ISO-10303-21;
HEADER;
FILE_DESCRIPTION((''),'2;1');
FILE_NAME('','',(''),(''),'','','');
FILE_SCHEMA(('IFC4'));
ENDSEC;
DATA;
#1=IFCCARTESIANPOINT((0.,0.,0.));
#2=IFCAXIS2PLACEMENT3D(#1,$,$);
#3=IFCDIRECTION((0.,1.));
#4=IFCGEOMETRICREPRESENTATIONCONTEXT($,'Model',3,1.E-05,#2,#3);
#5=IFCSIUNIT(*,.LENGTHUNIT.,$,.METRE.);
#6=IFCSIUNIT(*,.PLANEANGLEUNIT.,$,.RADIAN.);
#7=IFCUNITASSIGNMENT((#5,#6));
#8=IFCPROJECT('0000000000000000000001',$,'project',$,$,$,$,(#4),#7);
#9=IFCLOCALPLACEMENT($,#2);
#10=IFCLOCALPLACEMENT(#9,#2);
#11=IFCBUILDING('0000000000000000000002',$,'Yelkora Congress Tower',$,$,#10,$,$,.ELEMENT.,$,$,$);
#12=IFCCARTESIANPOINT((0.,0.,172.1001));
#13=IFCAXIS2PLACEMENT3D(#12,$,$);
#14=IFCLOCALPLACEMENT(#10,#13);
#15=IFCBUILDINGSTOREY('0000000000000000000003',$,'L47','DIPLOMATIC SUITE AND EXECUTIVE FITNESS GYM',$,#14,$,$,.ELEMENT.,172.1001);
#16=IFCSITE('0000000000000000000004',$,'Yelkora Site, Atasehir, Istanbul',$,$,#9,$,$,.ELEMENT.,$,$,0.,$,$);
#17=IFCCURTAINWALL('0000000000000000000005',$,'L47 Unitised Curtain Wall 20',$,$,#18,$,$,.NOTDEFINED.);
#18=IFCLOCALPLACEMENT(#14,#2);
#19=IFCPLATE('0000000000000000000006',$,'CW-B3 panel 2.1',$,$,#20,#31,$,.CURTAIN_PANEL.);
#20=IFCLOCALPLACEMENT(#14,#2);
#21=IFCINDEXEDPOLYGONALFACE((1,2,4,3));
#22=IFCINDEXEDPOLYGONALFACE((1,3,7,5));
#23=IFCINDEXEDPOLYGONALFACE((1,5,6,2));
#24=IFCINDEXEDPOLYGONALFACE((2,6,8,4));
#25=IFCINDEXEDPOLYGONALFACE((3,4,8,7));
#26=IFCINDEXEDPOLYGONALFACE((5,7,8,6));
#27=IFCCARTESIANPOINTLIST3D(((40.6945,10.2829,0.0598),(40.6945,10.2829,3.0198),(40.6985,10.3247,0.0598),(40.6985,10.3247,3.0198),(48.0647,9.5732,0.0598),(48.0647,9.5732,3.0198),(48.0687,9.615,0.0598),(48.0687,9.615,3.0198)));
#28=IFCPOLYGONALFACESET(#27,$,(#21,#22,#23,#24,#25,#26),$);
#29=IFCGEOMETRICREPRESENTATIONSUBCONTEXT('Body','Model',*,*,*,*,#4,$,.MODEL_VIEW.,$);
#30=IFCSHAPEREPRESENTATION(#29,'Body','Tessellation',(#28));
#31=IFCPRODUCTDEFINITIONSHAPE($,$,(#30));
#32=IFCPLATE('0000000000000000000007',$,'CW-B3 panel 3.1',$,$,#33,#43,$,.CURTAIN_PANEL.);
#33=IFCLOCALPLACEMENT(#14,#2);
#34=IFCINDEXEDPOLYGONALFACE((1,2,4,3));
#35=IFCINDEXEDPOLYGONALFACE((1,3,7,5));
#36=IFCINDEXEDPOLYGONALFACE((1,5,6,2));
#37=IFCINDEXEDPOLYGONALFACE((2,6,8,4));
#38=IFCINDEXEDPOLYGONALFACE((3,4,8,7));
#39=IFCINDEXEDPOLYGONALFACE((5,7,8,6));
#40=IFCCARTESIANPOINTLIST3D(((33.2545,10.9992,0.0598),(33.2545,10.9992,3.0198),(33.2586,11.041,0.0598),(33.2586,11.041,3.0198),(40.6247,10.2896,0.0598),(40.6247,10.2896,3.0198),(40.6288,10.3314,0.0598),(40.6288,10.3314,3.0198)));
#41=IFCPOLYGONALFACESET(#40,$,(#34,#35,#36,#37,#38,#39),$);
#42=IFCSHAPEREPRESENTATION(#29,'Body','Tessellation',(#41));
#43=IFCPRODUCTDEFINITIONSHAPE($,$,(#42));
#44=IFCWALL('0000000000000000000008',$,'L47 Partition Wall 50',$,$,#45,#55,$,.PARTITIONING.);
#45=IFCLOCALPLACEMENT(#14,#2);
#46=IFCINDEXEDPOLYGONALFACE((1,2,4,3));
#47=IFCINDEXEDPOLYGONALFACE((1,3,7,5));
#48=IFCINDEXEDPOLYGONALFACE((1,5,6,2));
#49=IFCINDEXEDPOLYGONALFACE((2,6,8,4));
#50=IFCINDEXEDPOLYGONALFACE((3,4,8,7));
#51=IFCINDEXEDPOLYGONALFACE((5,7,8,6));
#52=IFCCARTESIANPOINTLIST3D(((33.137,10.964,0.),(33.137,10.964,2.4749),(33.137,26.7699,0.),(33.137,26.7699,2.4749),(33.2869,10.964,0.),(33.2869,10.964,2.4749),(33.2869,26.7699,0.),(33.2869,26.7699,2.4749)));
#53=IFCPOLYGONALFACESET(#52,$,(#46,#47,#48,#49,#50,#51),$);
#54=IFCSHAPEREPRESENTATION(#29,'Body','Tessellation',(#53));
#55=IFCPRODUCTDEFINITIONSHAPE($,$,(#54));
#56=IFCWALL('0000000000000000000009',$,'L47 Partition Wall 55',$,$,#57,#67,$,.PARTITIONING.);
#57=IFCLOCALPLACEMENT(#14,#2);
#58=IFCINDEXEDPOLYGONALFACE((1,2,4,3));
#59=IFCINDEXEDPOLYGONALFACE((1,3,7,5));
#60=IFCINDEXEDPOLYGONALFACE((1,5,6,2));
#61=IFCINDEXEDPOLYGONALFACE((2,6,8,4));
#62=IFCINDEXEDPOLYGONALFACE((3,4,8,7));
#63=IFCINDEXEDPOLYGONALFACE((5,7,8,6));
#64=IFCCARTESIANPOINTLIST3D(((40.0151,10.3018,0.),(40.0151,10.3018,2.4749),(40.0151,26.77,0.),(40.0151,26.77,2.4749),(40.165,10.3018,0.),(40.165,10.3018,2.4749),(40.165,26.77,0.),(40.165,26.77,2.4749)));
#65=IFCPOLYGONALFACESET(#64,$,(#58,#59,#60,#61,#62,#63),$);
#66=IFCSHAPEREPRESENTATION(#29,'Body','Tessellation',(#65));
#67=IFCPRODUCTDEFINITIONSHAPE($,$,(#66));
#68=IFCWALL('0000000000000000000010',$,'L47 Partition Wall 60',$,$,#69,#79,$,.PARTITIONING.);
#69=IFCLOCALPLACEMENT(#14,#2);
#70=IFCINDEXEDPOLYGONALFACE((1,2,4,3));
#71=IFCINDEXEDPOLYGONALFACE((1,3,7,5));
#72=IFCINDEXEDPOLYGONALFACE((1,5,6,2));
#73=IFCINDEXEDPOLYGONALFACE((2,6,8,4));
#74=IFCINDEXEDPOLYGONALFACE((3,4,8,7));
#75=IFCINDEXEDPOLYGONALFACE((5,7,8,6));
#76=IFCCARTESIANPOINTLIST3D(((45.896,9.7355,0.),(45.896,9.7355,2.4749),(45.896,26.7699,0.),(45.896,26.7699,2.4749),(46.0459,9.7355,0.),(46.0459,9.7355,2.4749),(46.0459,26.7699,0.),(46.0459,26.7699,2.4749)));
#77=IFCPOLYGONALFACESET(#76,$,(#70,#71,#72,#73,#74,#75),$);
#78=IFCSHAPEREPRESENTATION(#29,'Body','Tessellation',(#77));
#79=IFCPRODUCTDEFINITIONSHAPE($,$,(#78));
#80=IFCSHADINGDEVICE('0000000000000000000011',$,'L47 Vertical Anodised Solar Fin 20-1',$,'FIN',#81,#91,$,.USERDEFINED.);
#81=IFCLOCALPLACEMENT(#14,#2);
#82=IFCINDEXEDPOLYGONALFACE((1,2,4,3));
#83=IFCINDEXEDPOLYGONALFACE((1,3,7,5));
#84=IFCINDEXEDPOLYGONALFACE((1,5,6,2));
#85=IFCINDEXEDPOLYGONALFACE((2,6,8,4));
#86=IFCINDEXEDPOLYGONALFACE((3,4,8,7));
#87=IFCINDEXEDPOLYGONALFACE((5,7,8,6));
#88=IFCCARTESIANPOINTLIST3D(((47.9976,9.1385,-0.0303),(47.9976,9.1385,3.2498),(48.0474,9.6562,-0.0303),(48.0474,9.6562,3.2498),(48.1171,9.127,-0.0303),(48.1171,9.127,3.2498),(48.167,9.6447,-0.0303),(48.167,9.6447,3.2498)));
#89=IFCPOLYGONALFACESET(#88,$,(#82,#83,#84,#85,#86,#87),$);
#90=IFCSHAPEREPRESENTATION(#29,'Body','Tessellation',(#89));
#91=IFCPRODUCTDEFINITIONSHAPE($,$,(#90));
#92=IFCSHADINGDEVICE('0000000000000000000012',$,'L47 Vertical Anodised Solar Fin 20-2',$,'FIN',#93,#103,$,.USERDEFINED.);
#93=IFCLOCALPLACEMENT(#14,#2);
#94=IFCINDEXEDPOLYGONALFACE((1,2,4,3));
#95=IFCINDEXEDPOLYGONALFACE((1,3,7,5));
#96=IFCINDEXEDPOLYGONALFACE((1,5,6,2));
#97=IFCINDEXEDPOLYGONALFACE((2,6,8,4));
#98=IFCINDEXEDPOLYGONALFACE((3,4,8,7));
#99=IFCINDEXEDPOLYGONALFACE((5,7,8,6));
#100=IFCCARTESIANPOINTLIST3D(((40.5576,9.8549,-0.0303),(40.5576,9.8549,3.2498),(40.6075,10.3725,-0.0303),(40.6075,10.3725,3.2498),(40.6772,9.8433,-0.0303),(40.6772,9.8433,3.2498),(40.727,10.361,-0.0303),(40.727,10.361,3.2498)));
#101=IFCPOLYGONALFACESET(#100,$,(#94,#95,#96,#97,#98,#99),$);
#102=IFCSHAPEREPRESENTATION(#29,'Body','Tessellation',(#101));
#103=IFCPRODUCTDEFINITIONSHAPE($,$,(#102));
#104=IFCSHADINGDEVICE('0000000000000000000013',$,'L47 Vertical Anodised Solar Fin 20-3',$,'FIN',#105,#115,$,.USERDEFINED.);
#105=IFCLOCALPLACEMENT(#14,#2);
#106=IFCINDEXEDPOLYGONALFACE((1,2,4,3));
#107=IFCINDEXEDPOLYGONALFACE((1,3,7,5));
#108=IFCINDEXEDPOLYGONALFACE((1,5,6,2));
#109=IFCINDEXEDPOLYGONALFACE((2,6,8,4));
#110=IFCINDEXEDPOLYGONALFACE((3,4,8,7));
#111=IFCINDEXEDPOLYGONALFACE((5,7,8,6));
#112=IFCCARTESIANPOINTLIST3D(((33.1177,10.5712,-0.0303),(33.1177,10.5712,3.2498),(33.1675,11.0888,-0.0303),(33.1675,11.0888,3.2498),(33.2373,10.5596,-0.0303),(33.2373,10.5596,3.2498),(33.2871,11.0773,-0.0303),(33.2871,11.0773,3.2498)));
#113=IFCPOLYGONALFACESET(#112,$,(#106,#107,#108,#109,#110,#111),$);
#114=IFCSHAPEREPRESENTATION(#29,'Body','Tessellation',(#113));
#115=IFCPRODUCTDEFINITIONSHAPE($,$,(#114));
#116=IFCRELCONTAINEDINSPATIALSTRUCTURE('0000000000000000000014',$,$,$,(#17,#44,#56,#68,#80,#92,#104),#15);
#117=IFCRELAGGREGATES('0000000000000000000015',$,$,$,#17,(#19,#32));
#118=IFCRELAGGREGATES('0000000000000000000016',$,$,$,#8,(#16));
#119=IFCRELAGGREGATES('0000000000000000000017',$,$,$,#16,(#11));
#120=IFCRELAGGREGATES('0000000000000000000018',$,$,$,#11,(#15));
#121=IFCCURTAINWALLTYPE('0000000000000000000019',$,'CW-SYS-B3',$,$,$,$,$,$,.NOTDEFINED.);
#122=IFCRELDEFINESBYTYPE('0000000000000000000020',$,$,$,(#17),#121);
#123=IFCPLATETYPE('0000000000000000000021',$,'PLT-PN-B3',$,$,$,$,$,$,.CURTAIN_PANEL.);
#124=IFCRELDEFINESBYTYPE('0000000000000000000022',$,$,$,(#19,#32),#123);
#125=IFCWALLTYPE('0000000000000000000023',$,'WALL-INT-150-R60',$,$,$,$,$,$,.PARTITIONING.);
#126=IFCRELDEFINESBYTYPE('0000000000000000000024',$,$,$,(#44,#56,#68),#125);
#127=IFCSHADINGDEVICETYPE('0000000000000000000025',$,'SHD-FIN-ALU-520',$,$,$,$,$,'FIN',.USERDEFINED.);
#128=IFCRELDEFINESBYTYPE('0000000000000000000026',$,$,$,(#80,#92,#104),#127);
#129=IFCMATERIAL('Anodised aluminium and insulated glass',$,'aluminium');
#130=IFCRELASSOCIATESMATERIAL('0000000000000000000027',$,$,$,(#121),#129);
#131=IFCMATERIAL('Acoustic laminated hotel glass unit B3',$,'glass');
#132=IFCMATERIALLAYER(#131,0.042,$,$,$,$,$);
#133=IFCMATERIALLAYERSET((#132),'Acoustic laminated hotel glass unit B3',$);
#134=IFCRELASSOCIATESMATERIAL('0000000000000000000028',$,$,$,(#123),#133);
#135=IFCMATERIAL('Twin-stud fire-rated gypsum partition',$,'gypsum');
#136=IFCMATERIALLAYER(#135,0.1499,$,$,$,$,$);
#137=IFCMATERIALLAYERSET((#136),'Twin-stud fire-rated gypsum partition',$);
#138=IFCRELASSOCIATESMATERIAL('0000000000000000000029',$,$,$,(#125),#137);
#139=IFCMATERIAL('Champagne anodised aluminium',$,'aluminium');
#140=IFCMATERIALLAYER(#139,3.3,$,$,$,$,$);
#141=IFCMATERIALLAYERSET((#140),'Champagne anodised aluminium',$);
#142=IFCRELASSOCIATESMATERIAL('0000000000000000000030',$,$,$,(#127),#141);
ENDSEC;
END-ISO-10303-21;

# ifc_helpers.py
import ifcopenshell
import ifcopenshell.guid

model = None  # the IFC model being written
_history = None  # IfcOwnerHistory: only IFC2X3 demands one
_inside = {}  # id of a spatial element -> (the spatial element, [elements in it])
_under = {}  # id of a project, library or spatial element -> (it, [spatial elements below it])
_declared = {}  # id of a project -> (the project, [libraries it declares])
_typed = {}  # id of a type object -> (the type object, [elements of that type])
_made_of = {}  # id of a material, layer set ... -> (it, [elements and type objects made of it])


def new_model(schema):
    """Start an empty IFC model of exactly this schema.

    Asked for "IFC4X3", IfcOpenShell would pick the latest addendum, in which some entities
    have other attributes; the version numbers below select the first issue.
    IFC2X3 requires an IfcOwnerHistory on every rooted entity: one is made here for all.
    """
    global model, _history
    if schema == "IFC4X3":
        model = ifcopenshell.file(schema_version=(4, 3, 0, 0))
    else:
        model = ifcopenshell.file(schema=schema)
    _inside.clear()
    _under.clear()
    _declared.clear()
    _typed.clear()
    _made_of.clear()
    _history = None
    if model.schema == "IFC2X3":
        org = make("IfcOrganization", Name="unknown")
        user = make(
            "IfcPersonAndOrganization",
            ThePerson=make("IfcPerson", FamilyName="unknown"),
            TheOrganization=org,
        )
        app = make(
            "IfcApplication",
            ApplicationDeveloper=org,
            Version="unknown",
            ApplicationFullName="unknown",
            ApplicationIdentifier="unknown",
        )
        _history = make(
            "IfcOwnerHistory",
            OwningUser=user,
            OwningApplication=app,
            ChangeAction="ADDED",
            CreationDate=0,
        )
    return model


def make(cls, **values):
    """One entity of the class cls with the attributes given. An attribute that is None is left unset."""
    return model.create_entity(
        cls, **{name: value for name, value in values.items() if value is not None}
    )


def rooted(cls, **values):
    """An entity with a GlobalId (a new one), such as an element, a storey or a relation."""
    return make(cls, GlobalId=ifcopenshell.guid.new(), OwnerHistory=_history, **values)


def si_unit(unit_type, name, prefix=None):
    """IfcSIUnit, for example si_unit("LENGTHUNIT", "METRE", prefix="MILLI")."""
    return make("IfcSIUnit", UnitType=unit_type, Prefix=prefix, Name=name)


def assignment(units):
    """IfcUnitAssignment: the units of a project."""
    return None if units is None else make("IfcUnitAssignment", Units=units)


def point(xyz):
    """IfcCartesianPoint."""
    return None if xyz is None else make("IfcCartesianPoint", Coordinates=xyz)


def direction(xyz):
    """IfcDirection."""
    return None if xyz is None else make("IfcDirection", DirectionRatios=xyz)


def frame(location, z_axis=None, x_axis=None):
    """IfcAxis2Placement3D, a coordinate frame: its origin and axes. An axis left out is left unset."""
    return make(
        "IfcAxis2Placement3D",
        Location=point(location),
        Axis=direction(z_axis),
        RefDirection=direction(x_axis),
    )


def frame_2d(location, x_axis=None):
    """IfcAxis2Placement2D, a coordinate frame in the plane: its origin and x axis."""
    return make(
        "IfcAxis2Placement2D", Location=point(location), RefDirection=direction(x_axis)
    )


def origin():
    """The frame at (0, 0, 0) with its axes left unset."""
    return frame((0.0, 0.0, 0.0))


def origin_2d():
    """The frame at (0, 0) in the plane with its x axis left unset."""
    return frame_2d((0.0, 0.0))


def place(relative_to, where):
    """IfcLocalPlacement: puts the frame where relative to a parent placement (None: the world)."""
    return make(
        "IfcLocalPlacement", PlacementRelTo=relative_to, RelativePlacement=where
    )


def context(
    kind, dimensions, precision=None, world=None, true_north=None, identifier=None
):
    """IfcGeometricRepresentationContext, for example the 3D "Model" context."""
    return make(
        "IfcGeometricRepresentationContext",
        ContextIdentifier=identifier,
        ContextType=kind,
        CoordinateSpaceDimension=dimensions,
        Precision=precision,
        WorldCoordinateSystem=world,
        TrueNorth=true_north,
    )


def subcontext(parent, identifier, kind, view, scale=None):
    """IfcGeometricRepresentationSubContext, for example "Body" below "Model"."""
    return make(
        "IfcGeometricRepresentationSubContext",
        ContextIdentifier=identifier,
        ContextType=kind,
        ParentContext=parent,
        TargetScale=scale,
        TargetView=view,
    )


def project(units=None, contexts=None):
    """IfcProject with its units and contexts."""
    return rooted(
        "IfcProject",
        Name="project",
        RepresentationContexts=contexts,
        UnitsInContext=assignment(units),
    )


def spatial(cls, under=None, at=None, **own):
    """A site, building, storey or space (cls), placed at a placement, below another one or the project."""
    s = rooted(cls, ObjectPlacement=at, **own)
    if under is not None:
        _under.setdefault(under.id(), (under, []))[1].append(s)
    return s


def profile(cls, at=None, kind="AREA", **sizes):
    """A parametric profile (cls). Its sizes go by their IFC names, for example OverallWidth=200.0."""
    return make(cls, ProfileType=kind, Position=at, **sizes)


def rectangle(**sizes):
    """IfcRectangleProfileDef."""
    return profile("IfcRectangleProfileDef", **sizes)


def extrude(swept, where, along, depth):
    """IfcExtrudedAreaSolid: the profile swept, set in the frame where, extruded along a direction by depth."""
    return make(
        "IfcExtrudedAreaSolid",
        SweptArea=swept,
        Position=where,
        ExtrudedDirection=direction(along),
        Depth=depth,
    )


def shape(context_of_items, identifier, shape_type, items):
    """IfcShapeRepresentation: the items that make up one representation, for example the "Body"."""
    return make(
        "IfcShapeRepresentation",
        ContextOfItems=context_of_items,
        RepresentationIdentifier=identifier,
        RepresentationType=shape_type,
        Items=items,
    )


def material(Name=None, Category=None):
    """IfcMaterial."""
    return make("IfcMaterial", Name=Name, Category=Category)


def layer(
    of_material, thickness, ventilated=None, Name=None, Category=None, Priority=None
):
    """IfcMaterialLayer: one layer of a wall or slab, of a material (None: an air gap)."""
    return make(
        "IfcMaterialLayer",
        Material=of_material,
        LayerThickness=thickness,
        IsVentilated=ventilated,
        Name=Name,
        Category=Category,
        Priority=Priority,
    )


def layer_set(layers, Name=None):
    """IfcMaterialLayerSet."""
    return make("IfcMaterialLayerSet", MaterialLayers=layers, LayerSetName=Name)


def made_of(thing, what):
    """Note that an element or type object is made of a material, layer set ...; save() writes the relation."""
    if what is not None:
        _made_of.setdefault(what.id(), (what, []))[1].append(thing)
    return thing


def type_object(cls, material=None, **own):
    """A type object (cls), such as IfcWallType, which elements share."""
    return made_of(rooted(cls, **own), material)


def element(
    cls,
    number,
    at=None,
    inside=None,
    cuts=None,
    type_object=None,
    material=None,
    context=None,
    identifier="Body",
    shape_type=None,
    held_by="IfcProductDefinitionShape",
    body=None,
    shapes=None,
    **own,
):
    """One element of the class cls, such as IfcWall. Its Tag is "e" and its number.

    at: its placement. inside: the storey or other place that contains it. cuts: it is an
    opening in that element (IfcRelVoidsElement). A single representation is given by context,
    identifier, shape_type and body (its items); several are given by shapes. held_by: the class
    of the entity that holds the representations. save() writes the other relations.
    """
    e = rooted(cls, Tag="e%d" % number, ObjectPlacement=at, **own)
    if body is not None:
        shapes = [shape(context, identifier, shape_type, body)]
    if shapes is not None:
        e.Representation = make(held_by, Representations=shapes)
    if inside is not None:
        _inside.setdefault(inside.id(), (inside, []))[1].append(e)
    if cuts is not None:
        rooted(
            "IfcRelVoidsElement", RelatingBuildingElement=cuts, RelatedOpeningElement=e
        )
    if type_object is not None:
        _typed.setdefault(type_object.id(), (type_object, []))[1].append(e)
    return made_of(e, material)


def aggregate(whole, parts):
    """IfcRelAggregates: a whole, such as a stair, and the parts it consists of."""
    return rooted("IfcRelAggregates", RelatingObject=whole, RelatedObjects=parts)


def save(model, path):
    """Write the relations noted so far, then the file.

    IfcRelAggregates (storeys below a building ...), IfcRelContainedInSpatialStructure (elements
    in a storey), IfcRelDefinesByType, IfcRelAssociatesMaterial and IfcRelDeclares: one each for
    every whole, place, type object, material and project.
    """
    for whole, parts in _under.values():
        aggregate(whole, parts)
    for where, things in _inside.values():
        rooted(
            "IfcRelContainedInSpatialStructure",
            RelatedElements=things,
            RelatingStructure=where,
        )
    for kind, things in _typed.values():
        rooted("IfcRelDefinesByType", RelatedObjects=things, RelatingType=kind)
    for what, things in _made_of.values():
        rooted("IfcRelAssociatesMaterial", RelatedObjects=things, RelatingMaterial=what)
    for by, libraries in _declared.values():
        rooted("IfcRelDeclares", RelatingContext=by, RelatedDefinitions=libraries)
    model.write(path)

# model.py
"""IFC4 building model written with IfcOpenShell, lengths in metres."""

from ifc_helpers import new_model, si_unit, direction, frame, frame_2d, origin, origin_2d, place, context, subcontext, project, spatial, rectangle, extrude, material, layer, layer_set, type_object, element, aggregate, save


model = new_model("IFC4")

# Units and contexts
model_context = context("Model", 3, precision=1e-05, world=origin(), true_north=direction((0.0, 1.0)))
body_context = subcontext(model_context, "Body", "Model", "MODEL_VIEW")
ifc_project = project(units=[si_unit("LENGTHUNIT", "METRE"), si_unit("PLANEANGLEUNIT", "RADIAN")], contexts=[model_context])

# Site, building, storey
site_placement = place(None, origin())
site = spatial("IfcSite", under=ifc_project, at=site_placement, Name="Yelkora Site, Atasehir, Istanbul", CompositionType="ELEMENT", RefElevation=0.0)
building_placement = place(site_placement, origin())
building = spatial("IfcBuilding", under=site, at=building_placement, Name="Yelkora Congress Tower", CompositionType="ELEMENT")
storey_placement = place(building_placement, frame((0.0, 0.0, 172.1001)))
storey = spatial("IfcBuildingStorey", under=building, at=storey_placement, Name="L47", Description="DIPLOMATIC SUITE AND EXECUTIVE FITNESS GYM", CompositionType="ELEMENT", Elevation=172.1001)

# Curtain wall, plates
ifc_material_1 = material(Name="Anodised aluminium and insulated glass", Category="aluminium")
curtain_wall_type = type_object("IfcCurtainWallType", Name="CW-SYS-B3", PredefinedType="NOTDEFINED", material=ifc_material_1)
curtain_wall_placement = place(storey_placement, origin())
curtain_wall = element("IfcCurtainWall", 1, at=curtain_wall_placement, inside=storey, type_object=curtain_wall_type, Name="L47 Unitised Curtain Wall 20", PredefinedType="NOTDEFINED")
ifc_material_2 = material(Name="Acoustic laminated hotel glass unit B3", Category="glass")
ifc_layer_1 = layer(ifc_material_2, 0.042)
ifc_layer_set_1 = layer_set([ifc_layer_1], Name="Acoustic laminated hotel glass unit B3")
plate_type = type_object("IfcPlateType", Name="PLT-PN-B3", PredefinedType="CURTAIN_PANEL", material=ifc_layer_set_1)
plate_1_placement = place(storey_placement, frame((44.3816, 9.949, 0.0598), z_axis=(0.0, 0.0, 1.0), x_axis=(-0.995396, 0.095845, 0.0)))
plate_1 = element("IfcPlate", 2, at=plate_1_placement, type_object=plate_type, Name="CW-B3 panel 2.1", PredefinedType="CURTAIN_PANEL", context=body_context, shape_type="SweptSolid", body=[
    extrude(rectangle(XDim=7.4043, YDim=0.042, at=origin_2d()), origin(), (0.0, 0.0, 1.0), 2.96),
])
plate_2_placement = place(storey_placement, frame((36.9417, 10.6653, 0.0598), z_axis=(0.0, 0.0, 1.0), x_axis=(-0.995396, 0.095845, 0.0)))
plate_2 = element("IfcPlate", 3, at=plate_2_placement, type_object=plate_type, Name="CW-B3 panel 3.1", PredefinedType="CURTAIN_PANEL", context=body_context, shape_type="SweptSolid", body=[
    extrude(rectangle(XDim=7.4043, YDim=0.042, at=origin_2d()), origin(), (0.0, 0.0, 1.0), 2.96),
])
aggregate(curtain_wall, [plate_1, plate_2])

# Walls
ifc_material_3 = material(Name="Twin-stud fire-rated gypsum partition", Category="gypsum")
ifc_layer_2 = layer(ifc_material_3, 0.1499)
ifc_layer_set_2 = layer_set([ifc_layer_2], Name="Twin-stud fire-rated gypsum partition")
wall_type = type_object("IfcWallType", Name="WALL-INT-150-R60", PredefinedType="PARTITIONING", material=ifc_layer_set_2)
wall_1_placement = place(storey_placement, frame((33.2119, 10.9641, 0.0), z_axis=(0.0, 0.0, 1.0), x_axis=(0.0, 1.0, 0.0)))
element("IfcWall", 4, at=wall_1_placement, inside=storey, type_object=wall_type, Name="L47 Partition Wall 50", PredefinedType="PARTITIONING", context=body_context, shape_type="SweptSolid", body=[
    extrude(rectangle(XDim=15.8059, YDim=0.1499, at=frame_2d((7.9028, 0.0))), origin(), (0.0, 0.0, 1.0), 2.4749),
])
wall_2_placement = place(storey_placement, frame((40.0901, 10.3018, 0.0), z_axis=(0.0, 0.0, 1.0), x_axis=(0.0, 1.0, 0.0)))
element("IfcWall", 5, at=wall_2_placement, inside=storey, type_object=wall_type, Name="L47 Partition Wall 55", PredefinedType="PARTITIONING", context=body_context, shape_type="SweptSolid", body=[
    extrude(rectangle(XDim=16.4683, YDim=0.1499, at=frame_2d((8.2341, 0.0))), origin(), (0.0, 0.0, 1.0), 2.4749),
])
wall_3_placement = place(storey_placement, frame((45.9709, 9.7356, 0.0), z_axis=(0.0, 0.0, 1.0), x_axis=(0.0, 1.0, 0.0)))
element("IfcWall", 6, at=wall_3_placement, inside=storey, type_object=wall_type, Name="L47 Partition Wall 60", PredefinedType="PARTITIONING", context=body_context, shape_type="SweptSolid", body=[
    extrude(rectangle(XDim=17.0344, YDim=0.1499, at=frame_2d((8.5171, 0.0))), origin(), (0.0, 0.0, 1.0), 2.4749),
])

# Shading devices
ifc_material_4 = material(Name="Champagne anodised aluminium", Category="aluminium")
ifc_layer_3 = layer(ifc_material_4, 3.3)
ifc_layer_set_3 = layer_set([ifc_layer_3], Name="Champagne anodised aluminium")
shading_device_type = type_object("IfcShadingDeviceType", Name="SHD-FIN-ALU-520", ElementType="FIN", PredefinedType="USERDEFINED", material=ifc_layer_set_3)
for number, where, z_axis, x_axis, name in (
    (7, (48.0823, 9.3916, -0.0303), (0.0, 0.0, 1.0), (-0.995396, 0.095846, 0.0), "L47 Vertical Anodised Solar Fin 20-1"),
    (8, (40.6423, 10.1079, -0.0303), (0.0, 0.0, 1.0), (-0.995396, 0.095846, 0.0), "L47 Vertical Anodised Solar Fin 20-2"),
    (9, (33.2024, 10.8242, -0.0303), (0.0, 0.0, 1.0), (-0.995396, 0.095846, 0.0), "L47 Vertical Anodised Solar Fin 20-3"),
):
    element("IfcShadingDevice", number, at=place(storey_placement, frame(where, z_axis=z_axis, x_axis=x_axis)), inside=storey, type_object=shading_device_type, Name=name, ObjectType="FIN", PredefinedType="USERDEFINED", context=body_context, shape_type="SweptSolid", body=[
        extrude(rectangle(XDim=0.1201, YDim=0.52, at=origin_2d()), origin(), (0.0, 0.0, 1.0), 3.28),
    ])

save(model, "model.ifc")
